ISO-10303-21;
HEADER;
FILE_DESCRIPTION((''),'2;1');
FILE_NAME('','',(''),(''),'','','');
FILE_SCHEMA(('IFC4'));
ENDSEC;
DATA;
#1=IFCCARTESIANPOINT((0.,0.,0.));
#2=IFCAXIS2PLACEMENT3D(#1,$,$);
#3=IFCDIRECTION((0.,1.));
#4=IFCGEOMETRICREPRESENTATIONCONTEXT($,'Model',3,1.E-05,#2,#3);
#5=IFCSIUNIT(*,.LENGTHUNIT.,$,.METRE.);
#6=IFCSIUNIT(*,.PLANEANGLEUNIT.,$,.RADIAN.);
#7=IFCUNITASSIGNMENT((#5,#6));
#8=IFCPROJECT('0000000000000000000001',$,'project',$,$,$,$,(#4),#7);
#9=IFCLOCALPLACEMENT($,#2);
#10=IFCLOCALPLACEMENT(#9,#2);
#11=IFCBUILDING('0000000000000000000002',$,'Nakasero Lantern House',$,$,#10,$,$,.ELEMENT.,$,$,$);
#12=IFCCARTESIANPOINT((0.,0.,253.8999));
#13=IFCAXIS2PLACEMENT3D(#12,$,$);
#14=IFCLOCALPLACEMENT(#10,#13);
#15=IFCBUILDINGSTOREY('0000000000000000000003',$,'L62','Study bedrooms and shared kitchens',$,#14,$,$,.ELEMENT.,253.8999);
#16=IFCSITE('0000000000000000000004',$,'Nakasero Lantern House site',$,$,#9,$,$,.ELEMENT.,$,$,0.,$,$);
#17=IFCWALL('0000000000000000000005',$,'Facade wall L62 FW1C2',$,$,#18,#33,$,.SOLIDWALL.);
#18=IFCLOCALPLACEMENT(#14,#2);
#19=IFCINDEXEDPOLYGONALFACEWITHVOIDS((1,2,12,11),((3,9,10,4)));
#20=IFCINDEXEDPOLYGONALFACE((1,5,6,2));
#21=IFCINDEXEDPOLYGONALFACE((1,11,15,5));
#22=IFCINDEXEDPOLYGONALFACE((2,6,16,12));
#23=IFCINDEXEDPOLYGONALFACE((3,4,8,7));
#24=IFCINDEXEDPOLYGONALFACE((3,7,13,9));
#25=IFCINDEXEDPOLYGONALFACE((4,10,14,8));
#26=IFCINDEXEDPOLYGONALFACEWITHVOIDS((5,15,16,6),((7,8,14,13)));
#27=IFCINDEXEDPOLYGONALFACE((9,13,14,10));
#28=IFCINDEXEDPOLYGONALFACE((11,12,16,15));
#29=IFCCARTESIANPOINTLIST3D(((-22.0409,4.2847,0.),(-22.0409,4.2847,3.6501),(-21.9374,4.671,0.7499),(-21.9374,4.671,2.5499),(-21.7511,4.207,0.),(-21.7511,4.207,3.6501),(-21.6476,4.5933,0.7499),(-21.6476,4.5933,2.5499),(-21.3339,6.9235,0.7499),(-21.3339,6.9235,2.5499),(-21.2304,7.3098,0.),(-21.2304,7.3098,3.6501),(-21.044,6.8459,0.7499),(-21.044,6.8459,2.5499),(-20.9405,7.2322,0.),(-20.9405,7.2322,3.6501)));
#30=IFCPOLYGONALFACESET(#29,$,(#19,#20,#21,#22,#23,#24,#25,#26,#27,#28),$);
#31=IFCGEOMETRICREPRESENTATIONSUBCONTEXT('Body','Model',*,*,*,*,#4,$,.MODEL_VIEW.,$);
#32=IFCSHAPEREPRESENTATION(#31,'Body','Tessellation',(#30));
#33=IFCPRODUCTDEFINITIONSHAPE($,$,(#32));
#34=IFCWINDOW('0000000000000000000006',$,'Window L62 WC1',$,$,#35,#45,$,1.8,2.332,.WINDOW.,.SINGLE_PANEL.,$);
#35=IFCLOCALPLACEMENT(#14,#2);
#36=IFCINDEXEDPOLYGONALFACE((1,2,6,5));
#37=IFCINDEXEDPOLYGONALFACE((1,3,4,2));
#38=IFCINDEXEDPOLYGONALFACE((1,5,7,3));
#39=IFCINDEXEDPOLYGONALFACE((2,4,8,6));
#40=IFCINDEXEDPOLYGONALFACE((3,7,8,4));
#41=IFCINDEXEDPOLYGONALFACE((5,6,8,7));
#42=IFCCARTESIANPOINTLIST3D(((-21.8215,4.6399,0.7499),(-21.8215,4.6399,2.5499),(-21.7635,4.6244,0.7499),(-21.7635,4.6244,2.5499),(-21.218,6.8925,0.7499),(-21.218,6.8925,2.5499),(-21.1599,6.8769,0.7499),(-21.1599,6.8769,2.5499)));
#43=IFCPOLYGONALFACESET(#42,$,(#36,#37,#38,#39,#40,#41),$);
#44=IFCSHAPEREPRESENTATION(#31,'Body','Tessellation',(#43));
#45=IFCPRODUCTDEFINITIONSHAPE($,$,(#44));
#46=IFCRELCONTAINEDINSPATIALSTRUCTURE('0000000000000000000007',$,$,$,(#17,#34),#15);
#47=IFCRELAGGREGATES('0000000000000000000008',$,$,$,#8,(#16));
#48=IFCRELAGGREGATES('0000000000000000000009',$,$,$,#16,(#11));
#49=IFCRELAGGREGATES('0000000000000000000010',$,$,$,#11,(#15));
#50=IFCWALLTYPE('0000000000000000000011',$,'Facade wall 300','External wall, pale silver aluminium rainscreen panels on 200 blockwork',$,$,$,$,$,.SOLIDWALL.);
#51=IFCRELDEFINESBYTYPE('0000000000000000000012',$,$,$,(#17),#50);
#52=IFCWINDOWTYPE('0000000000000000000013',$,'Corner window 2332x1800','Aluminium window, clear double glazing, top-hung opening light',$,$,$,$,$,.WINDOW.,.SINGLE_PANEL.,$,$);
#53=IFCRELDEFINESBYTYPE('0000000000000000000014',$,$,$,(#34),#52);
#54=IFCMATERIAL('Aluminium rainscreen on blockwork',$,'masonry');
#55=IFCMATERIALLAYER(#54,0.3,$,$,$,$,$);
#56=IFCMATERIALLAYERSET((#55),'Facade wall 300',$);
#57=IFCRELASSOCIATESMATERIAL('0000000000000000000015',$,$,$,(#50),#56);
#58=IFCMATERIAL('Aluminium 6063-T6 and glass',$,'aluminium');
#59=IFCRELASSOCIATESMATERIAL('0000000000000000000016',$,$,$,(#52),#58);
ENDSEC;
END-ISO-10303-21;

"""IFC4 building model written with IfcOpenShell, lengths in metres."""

from ifc_helpers import new_model, si_unit, direction, frame, frame_2d, origin, place, context, subcontext, project, spatial, rectangle, extrude, material, layer, layer_set, type_object, element, fill, save


model = new_model("IFC4")

# Units and contexts
model_context = context("Model", 3, precision=1e-05, world=origin(), true_north=direction((0.0, 1.0)))
body_context = subcontext(model_context, "Body", "Model", "MODEL_VIEW")
ifc_project = project(units=[si_unit("LENGTHUNIT", "METRE"), si_unit("PLANEANGLEUNIT", "RADIAN")], contexts=[model_context])

# Site, building, storey
site_placement = place(None, origin())
site = spatial("IfcSite", under=ifc_project, at=site_placement, Name="Nakasero Lantern House site", CompositionType="ELEMENT", RefElevation=0.0)
building_placement = place(site_placement, origin())
building = spatial("IfcBuilding", under=site, at=building_placement, Name="Nakasero Lantern House", CompositionType="ELEMENT")
storey_placement = place(building_placement, frame((0.0, 0.0, 253.8999)))
storey = spatial("IfcBuildingStorey", under=building, at=storey_placement, Name="L62", Description="Study bedrooms and shared kitchens", CompositionType="ELEMENT", Elevation=253.8999)

# Shared definitions
ifc_material_1 = material(Name="Aluminium rainscreen on blockwork", Category="masonry")
ifc_layer_1 = layer(ifc_material_1, 0.3)
ifc_layer_set_1 = layer_set([ifc_layer_1], Name="Facade wall 300")
wall_type_1 = type_object("IfcWallType", Name="Facade wall 300", Description="External wall, pale silver aluminium rainscreen panels on 200 blockwork", PredefinedType="SOLIDWALL", material=ifc_layer_set_1)

# Wall, opening, window
wall_1_placement = place(storey_placement, frame((-21.0854, 7.271, 0.0), z_axis=(0.0, 0.0, 1.0), x_axis=(-0.258808, -0.965929, 0.0)))
wall_1 = element("IfcWall", 1, at=wall_1_placement, inside=storey, type_object=wall_type_1, Name="Facade wall L62 FW1C2", PredefinedType="SOLIDWALL", context=body_context, shape_type="SweptSolid", body=[
    extrude(rectangle(XDim=3.1318, YDim=0.3, at=frame_2d((1.5659, 0.0))), origin(), (0.0, 0.0, 1.0), 3.6501),
])
opening_1_placement = place(wall_1_placement, frame((0.3999, 0.0, 0.75)))
opening_1 = element("IfcOpeningElement", 2, at=opening_1_placement, cuts=wall_1, PredefinedType="OPENING", context=body_context, shape_type="SweptSolid", body=[
    extrude(rectangle(XDim=2.332, YDim=1.8, at=frame_2d((1.166, 0.8999))), frame((0.0, 0.1699, 0.0), z_axis=(0.0, -1.0, 0.0), x_axis=(1.0, 0.0, 0.0)), (0.0, 0.0, 1.0), 0.3401),
])
ifc_material_2 = material(Name="Aluminium 6063-T6 and glass", Category="aluminium")
window_type = type_object("IfcWindowType", Name="Corner window 2332x1800", Description="Aluminium window, clear double glazing, top-hung opening light", PartitioningType="SINGLE_PANEL", PredefinedType="WINDOW", material=ifc_material_2)
window_placement = place(opening_1_placement, origin())
window = element("IfcWindow", 3, at=window_placement, inside=storey, type_object=window_type, Name="Window L62 WC1", OverallHeight=1.8, OverallWidth=2.332, PartitioningType="SINGLE_PANEL", PredefinedType="WINDOW", context=body_context, shape_type="SweptSolid", body=[
    extrude(rectangle(XDim=2.332, YDim=1.8, at=frame_2d((1.166, 0.8999))), frame((0.0, 0.03, 0.0), z_axis=(0.0, -1.0, 0.0), x_axis=(1.0, 0.0, 0.0)), (0.0, 0.0, 1.0), 0.0601),
])
fill(opening_1, window)

save(model, "model.ifc")
